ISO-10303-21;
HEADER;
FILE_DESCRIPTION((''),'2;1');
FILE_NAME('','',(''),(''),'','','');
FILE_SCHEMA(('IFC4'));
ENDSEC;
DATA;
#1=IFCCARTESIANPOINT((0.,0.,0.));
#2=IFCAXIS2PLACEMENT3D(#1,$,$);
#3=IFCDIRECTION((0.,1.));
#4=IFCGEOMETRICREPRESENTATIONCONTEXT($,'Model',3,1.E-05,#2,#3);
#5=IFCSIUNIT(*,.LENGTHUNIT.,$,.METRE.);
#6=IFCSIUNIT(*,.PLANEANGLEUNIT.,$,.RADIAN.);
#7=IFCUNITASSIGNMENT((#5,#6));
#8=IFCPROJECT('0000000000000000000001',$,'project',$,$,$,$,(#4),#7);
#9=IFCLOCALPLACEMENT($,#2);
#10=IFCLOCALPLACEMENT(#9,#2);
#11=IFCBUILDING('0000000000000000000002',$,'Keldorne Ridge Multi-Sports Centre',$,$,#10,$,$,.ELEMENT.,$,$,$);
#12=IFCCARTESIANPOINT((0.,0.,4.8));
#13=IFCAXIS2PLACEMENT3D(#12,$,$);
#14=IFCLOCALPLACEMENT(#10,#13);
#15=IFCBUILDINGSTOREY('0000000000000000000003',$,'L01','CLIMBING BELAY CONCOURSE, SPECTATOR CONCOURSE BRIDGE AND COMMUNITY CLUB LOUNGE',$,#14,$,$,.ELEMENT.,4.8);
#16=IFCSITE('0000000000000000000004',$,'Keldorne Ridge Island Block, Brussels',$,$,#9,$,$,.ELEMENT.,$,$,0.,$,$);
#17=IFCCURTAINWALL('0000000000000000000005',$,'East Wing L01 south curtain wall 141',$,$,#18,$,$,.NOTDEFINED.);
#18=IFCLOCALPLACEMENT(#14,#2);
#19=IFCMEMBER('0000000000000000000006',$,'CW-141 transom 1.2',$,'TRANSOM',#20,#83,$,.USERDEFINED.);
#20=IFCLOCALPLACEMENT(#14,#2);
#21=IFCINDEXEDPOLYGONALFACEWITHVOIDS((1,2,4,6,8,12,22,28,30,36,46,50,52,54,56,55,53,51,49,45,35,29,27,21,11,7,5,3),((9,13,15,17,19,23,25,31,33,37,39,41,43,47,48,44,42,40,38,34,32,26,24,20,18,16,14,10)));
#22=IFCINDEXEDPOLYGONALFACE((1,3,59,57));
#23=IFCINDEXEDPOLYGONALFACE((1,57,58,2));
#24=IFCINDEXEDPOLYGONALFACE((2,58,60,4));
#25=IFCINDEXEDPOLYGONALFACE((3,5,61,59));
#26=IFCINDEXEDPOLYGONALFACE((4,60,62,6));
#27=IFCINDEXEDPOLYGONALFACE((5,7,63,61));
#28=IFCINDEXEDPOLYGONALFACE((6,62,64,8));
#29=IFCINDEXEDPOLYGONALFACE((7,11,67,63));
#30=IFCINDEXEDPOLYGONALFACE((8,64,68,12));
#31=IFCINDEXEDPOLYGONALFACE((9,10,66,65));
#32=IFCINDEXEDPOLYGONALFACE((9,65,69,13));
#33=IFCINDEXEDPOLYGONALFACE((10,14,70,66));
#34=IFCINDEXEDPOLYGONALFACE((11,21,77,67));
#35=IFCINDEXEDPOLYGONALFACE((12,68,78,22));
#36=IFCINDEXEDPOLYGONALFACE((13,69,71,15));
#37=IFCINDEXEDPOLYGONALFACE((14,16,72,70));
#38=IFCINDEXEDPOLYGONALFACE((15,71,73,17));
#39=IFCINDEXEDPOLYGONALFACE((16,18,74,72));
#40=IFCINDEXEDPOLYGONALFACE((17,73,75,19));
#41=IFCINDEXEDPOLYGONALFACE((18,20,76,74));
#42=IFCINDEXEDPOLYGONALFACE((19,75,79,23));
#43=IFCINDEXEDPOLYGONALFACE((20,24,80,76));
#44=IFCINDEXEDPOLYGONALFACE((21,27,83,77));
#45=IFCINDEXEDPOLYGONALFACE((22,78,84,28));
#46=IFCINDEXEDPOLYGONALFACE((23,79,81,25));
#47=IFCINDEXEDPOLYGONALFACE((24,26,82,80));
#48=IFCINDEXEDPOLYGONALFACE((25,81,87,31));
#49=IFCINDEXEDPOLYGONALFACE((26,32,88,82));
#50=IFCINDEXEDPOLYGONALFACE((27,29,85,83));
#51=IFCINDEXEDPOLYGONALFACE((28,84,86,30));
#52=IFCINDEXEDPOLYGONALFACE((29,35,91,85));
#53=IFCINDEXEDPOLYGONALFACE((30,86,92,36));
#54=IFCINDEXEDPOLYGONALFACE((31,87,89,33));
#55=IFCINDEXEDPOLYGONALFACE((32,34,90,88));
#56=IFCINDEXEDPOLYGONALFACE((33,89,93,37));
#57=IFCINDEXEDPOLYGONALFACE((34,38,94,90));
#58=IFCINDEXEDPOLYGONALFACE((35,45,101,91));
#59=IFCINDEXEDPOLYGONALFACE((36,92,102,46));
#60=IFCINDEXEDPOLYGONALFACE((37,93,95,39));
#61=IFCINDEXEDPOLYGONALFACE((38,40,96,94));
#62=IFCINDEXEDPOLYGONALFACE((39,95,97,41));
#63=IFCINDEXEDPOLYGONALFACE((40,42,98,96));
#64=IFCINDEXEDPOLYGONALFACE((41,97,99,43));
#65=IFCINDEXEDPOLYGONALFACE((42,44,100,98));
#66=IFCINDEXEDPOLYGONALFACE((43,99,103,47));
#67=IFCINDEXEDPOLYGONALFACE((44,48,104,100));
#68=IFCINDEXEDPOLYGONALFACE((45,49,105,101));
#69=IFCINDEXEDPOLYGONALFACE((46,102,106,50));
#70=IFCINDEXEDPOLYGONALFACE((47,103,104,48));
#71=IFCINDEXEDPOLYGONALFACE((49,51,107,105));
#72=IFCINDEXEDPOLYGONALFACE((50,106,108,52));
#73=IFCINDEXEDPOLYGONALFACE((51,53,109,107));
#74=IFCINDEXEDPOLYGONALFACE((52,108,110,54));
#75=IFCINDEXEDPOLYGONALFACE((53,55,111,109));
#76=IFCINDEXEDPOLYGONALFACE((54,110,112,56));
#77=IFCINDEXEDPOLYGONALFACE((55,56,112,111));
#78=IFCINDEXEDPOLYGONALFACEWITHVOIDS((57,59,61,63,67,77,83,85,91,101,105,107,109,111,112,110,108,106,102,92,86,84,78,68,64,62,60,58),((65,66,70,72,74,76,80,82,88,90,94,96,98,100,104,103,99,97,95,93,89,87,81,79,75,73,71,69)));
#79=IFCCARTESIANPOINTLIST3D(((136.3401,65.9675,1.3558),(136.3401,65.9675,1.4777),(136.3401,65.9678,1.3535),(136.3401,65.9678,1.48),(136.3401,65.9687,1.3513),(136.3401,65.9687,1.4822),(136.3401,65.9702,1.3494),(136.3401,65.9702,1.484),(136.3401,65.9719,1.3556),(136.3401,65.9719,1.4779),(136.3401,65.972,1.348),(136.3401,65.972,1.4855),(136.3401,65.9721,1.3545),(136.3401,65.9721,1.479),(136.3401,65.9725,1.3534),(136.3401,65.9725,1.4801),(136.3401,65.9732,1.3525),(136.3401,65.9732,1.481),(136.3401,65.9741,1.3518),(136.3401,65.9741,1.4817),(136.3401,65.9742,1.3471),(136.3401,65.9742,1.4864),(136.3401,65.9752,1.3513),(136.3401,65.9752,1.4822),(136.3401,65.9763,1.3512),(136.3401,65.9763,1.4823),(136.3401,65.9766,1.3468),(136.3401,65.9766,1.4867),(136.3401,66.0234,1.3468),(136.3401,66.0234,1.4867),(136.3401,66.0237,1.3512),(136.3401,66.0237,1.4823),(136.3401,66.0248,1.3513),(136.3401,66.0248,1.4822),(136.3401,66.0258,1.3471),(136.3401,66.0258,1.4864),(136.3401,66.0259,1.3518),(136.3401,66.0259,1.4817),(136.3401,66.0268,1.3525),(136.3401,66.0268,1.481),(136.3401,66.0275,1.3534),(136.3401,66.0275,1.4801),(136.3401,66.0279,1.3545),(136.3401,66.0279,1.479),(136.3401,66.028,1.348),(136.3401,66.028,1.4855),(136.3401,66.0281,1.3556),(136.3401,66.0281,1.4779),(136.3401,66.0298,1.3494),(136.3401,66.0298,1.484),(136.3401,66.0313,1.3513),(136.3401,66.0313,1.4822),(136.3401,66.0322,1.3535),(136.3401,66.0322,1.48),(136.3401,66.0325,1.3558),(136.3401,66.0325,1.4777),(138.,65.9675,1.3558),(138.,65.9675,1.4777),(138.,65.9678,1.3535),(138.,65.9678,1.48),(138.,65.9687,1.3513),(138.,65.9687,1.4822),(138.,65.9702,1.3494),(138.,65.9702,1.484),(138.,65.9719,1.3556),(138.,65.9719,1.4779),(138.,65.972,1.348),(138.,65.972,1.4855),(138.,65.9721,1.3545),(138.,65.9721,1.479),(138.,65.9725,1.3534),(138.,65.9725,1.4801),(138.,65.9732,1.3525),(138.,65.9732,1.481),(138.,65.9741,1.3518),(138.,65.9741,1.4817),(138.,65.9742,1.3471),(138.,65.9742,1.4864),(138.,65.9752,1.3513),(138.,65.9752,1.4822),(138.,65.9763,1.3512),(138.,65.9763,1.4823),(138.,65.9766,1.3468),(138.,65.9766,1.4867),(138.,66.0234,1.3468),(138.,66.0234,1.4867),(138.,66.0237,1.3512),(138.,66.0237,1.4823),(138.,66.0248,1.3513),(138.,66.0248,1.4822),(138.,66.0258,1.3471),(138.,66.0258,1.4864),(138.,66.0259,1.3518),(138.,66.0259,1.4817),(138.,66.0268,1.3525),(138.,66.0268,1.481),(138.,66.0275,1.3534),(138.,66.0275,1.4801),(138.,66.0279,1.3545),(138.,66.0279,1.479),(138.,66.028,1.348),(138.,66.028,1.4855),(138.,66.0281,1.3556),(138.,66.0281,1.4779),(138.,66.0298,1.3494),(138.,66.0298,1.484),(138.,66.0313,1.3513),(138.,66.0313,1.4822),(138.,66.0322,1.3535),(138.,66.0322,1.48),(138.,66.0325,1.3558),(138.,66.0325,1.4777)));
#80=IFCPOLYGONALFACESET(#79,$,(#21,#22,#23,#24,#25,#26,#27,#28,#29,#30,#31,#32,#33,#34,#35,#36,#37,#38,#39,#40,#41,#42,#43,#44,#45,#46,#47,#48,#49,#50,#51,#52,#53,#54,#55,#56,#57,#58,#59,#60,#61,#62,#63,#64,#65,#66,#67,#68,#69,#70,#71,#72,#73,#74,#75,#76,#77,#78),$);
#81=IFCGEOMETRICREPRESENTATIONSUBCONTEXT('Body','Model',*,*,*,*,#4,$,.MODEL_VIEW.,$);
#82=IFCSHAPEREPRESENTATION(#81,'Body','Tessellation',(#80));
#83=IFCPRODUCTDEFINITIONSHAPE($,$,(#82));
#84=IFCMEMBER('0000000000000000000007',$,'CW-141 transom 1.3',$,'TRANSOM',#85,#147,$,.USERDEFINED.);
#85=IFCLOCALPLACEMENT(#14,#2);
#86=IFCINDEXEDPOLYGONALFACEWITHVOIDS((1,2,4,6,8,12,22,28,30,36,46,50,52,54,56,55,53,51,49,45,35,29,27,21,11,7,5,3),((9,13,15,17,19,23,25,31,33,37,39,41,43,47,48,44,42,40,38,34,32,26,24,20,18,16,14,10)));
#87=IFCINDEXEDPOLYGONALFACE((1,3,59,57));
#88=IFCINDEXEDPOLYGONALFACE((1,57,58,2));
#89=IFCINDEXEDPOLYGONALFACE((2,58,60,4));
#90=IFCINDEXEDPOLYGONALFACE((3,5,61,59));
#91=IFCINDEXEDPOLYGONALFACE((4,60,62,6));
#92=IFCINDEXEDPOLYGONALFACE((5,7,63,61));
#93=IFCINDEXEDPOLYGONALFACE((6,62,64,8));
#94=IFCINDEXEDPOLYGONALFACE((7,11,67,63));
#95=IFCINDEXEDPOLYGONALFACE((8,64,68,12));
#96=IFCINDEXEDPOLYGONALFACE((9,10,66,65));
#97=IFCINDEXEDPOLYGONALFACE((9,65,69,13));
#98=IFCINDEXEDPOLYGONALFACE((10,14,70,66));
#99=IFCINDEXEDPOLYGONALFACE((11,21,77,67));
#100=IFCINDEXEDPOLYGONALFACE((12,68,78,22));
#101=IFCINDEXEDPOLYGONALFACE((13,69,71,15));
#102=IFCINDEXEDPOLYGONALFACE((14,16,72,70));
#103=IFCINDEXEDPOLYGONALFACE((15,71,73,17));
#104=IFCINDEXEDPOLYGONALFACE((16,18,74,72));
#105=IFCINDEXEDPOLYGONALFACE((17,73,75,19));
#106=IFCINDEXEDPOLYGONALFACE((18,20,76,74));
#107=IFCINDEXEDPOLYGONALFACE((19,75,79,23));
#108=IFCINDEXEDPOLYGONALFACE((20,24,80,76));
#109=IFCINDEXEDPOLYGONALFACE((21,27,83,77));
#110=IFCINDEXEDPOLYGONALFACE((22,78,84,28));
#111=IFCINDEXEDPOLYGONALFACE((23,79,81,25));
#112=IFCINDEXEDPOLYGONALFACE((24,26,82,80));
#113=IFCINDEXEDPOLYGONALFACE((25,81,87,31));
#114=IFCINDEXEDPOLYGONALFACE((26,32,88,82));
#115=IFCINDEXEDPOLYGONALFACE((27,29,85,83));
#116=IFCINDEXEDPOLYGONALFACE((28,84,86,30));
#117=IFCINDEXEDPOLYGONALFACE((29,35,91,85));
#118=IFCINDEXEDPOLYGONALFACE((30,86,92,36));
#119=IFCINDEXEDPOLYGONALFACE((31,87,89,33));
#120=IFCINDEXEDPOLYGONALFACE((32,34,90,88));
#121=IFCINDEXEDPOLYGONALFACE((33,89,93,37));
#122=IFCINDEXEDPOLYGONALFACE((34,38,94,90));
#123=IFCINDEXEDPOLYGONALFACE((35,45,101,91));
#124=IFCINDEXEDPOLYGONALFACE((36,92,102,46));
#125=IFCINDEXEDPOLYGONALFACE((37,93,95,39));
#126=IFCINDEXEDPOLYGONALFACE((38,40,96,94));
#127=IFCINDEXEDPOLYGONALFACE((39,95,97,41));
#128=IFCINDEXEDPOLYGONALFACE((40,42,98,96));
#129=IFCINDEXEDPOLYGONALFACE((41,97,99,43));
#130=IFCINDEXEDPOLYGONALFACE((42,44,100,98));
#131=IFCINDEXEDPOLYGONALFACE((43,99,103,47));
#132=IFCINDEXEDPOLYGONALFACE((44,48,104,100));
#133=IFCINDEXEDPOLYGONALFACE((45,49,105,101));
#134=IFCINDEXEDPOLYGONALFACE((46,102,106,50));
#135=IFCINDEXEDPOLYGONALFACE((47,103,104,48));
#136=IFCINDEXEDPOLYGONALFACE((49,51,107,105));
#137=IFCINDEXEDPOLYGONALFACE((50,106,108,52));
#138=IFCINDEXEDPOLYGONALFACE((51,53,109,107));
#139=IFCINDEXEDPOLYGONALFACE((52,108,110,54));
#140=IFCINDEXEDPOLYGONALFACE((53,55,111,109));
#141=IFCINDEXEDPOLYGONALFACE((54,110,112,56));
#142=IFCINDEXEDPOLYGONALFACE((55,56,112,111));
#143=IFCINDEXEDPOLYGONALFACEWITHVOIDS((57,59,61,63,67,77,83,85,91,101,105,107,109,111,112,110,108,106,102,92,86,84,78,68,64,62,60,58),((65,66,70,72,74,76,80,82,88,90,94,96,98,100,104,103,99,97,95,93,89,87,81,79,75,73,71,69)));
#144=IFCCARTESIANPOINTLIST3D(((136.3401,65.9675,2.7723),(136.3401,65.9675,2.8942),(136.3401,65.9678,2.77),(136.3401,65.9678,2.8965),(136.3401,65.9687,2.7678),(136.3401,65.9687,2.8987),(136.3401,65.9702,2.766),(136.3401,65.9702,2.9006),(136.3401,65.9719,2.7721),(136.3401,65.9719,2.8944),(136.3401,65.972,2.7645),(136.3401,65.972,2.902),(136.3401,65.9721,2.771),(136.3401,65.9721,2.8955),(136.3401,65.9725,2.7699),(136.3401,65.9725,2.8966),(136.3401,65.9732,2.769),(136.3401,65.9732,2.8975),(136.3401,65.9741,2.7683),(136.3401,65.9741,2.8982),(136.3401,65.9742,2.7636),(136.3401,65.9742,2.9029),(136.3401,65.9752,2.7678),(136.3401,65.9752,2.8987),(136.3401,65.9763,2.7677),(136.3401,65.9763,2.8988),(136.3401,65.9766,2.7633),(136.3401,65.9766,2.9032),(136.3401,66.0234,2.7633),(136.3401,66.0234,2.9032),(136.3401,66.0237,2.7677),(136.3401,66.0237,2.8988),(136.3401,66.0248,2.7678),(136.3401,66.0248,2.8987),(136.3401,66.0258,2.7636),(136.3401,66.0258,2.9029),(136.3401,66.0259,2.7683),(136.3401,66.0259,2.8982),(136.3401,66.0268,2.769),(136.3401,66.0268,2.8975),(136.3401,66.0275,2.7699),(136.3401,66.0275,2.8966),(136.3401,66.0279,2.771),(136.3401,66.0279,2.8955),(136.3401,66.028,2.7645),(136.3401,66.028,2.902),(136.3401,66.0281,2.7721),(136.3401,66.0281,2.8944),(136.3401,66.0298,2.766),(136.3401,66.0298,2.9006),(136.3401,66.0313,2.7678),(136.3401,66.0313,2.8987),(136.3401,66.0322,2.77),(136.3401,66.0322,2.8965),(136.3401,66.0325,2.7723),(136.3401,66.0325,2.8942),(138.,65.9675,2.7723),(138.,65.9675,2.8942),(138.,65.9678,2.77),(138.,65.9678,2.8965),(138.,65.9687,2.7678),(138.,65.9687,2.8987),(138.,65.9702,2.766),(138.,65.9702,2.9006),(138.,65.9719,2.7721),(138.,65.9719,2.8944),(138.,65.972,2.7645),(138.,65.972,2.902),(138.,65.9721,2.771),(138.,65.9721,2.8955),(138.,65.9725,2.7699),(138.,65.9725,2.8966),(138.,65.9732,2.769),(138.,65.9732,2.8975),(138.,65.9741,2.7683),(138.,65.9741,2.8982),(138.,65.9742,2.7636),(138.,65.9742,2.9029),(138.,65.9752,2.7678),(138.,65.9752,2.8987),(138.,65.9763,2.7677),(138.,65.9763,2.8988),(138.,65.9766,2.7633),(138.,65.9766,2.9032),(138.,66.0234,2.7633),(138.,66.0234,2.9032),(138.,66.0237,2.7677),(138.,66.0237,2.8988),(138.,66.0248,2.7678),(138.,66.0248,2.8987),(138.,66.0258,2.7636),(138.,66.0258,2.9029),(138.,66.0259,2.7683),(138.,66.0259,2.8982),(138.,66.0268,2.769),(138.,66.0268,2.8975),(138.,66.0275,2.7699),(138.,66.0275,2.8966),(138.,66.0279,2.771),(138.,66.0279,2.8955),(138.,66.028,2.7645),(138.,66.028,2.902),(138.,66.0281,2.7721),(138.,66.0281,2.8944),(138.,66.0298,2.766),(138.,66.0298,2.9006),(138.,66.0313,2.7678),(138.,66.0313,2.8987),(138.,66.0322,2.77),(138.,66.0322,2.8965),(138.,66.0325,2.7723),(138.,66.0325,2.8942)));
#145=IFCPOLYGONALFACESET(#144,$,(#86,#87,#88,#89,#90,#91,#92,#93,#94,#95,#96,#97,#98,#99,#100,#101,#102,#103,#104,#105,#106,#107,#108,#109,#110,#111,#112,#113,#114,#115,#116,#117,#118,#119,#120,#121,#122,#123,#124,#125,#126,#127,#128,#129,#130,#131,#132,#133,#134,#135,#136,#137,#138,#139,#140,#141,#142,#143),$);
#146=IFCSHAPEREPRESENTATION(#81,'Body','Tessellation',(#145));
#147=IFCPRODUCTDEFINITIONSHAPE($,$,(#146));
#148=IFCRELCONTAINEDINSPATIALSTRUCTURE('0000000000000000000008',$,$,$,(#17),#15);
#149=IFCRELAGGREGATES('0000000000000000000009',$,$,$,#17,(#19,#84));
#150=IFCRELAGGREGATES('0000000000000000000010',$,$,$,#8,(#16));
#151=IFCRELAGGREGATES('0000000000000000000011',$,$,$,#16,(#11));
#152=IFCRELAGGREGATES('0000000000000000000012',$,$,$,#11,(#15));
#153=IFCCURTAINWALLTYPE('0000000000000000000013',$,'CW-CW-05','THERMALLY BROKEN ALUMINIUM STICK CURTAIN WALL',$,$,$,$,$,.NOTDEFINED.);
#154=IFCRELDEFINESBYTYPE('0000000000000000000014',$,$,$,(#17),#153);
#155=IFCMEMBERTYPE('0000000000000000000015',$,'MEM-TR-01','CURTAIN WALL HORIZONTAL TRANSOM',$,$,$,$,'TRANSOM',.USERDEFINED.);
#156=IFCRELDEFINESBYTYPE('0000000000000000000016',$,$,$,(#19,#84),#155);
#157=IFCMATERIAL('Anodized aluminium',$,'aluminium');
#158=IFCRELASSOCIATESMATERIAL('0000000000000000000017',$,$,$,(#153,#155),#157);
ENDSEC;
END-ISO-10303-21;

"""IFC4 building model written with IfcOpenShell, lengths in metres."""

from ifc_helpers import new_model, si_unit, direction, frame, origin, origin_2d, place, context, subcontext, project, spatial, hollow_rectangle, extrude, material, material_profile, profile_set, type_object, element, aggregate, save


model = new_model("IFC4")

# Units and contexts
model_context = context("Model", 3, precision=1e-05, world=origin(), true_north=direction((0.0, 1.0)))
body_context = subcontext(model_context, "Body", "Model", "MODEL_VIEW")
ifc_project = project(units=[si_unit("LENGTHUNIT", "METRE"), si_unit("PLANEANGLEUNIT", "RADIAN")], contexts=[model_context])

# Site, building, storey
site_placement = place(None, origin())
site = spatial("IfcSite", under=ifc_project, at=site_placement, Name="Keldorne Ridge Island Block, Brussels", CompositionType="ELEMENT", RefElevation=0.0)
building_placement = place(site_placement, origin())
building = spatial("IfcBuilding", under=site, at=building_placement, Name="Keldorne Ridge Multi-Sports Centre", CompositionType="ELEMENT")
storey_placement = place(building_placement, frame((0.0, 0.0, 4.8)))
storey = spatial("IfcBuildingStorey", under=building, at=storey_placement, Name="L01", Description="CLIMBING BELAY CONCOURSE, SPECTATOR CONCOURSE BRIDGE AND COMMUNITY CLUB LOUNGE", CompositionType="ELEMENT", Elevation=4.8)

# Curtain wall
ifc_material_1 = material(Name="Anodized aluminium", Category="aluminium")
curtain_wall_type_1 = type_object("IfcCurtainWallType", Name="CW-CW-05", Description="THERMALLY BROKEN ALUMINIUM STICK CURTAIN WALL", PredefinedType="NOTDEFINED", material=ifc_material_1)
curtain_wall_1_placement = place(storey_placement, origin())
curtain_wall_1 = element("IfcCurtainWall", 1, at=curtain_wall_1_placement, inside=storey, type_object=curtain_wall_type_1, Name="East Wing L01 south curtain wall 141", PredefinedType="NOTDEFINED")

# Members
ifc_material_profile_1 = material_profile(ifc_material_1, hollow_rectangle(XDim=0.0649, YDim=0.1399, WallThickness=0.0044, InnerFilletRadius=0.0044, OuterFilletRadius=0.009, at=origin_2d()), Name="ALU TRANSOM 140x65x4.5")
ifc_profile_set_1 = profile_set([ifc_material_profile_1], Name="Anodized aluminium")
member_type_1 = type_object("IfcMemberType", Name="MEM-TR-01", Description="CURTAIN WALL HORIZONTAL TRANSOM", ElementType="TRANSOM", PredefinedType="USERDEFINED", material=ifc_profile_set_1)
member_1_placement = place(storey_placement, frame((136.3401, 66.0, 1.4167), z_axis=(1.0, 0.0, 0.0), x_axis=(0.0, 1.0, 0.0)))
member_1 = element("IfcMember", 2, at=member_1_placement, type_object=member_type_1, Name="CW-141 transom 1.2", ObjectType="TRANSOM", PredefinedType="USERDEFINED", context=body_context, shape_type="SweptSolid", body=[
    extrude(hollow_rectangle(XDim=0.0649, YDim=0.1399, WallThickness=0.0044, InnerFilletRadius=0.0044, OuterFilletRadius=0.009, at=origin_2d()), origin(), (0.0, 0.0, 1.0), 1.6599),
])
member_2_placement = place(storey_placement, frame((136.3401, 66.0, 2.8333), z_axis=(1.0, 0.0, 0.0), x_axis=(0.0, 1.0, 0.0)))
member_2 = element("IfcMember", 3, at=member_2_placement, type_object=member_type_1, Name="CW-141 transom 1.3", ObjectType="TRANSOM", PredefinedType="USERDEFINED", context=body_context, shape_type="SweptSolid", body=[
    extrude(hollow_rectangle(XDim=0.0649, YDim=0.1399, WallThickness=0.0044, InnerFilletRadius=0.0044, OuterFilletRadius=0.009, at=origin_2d()), origin(), (0.0, 0.0, 1.0), 1.6599),
])

aggregate(curtain_wall_1, [member_1, member_2])

save(model, "model.ifc")
